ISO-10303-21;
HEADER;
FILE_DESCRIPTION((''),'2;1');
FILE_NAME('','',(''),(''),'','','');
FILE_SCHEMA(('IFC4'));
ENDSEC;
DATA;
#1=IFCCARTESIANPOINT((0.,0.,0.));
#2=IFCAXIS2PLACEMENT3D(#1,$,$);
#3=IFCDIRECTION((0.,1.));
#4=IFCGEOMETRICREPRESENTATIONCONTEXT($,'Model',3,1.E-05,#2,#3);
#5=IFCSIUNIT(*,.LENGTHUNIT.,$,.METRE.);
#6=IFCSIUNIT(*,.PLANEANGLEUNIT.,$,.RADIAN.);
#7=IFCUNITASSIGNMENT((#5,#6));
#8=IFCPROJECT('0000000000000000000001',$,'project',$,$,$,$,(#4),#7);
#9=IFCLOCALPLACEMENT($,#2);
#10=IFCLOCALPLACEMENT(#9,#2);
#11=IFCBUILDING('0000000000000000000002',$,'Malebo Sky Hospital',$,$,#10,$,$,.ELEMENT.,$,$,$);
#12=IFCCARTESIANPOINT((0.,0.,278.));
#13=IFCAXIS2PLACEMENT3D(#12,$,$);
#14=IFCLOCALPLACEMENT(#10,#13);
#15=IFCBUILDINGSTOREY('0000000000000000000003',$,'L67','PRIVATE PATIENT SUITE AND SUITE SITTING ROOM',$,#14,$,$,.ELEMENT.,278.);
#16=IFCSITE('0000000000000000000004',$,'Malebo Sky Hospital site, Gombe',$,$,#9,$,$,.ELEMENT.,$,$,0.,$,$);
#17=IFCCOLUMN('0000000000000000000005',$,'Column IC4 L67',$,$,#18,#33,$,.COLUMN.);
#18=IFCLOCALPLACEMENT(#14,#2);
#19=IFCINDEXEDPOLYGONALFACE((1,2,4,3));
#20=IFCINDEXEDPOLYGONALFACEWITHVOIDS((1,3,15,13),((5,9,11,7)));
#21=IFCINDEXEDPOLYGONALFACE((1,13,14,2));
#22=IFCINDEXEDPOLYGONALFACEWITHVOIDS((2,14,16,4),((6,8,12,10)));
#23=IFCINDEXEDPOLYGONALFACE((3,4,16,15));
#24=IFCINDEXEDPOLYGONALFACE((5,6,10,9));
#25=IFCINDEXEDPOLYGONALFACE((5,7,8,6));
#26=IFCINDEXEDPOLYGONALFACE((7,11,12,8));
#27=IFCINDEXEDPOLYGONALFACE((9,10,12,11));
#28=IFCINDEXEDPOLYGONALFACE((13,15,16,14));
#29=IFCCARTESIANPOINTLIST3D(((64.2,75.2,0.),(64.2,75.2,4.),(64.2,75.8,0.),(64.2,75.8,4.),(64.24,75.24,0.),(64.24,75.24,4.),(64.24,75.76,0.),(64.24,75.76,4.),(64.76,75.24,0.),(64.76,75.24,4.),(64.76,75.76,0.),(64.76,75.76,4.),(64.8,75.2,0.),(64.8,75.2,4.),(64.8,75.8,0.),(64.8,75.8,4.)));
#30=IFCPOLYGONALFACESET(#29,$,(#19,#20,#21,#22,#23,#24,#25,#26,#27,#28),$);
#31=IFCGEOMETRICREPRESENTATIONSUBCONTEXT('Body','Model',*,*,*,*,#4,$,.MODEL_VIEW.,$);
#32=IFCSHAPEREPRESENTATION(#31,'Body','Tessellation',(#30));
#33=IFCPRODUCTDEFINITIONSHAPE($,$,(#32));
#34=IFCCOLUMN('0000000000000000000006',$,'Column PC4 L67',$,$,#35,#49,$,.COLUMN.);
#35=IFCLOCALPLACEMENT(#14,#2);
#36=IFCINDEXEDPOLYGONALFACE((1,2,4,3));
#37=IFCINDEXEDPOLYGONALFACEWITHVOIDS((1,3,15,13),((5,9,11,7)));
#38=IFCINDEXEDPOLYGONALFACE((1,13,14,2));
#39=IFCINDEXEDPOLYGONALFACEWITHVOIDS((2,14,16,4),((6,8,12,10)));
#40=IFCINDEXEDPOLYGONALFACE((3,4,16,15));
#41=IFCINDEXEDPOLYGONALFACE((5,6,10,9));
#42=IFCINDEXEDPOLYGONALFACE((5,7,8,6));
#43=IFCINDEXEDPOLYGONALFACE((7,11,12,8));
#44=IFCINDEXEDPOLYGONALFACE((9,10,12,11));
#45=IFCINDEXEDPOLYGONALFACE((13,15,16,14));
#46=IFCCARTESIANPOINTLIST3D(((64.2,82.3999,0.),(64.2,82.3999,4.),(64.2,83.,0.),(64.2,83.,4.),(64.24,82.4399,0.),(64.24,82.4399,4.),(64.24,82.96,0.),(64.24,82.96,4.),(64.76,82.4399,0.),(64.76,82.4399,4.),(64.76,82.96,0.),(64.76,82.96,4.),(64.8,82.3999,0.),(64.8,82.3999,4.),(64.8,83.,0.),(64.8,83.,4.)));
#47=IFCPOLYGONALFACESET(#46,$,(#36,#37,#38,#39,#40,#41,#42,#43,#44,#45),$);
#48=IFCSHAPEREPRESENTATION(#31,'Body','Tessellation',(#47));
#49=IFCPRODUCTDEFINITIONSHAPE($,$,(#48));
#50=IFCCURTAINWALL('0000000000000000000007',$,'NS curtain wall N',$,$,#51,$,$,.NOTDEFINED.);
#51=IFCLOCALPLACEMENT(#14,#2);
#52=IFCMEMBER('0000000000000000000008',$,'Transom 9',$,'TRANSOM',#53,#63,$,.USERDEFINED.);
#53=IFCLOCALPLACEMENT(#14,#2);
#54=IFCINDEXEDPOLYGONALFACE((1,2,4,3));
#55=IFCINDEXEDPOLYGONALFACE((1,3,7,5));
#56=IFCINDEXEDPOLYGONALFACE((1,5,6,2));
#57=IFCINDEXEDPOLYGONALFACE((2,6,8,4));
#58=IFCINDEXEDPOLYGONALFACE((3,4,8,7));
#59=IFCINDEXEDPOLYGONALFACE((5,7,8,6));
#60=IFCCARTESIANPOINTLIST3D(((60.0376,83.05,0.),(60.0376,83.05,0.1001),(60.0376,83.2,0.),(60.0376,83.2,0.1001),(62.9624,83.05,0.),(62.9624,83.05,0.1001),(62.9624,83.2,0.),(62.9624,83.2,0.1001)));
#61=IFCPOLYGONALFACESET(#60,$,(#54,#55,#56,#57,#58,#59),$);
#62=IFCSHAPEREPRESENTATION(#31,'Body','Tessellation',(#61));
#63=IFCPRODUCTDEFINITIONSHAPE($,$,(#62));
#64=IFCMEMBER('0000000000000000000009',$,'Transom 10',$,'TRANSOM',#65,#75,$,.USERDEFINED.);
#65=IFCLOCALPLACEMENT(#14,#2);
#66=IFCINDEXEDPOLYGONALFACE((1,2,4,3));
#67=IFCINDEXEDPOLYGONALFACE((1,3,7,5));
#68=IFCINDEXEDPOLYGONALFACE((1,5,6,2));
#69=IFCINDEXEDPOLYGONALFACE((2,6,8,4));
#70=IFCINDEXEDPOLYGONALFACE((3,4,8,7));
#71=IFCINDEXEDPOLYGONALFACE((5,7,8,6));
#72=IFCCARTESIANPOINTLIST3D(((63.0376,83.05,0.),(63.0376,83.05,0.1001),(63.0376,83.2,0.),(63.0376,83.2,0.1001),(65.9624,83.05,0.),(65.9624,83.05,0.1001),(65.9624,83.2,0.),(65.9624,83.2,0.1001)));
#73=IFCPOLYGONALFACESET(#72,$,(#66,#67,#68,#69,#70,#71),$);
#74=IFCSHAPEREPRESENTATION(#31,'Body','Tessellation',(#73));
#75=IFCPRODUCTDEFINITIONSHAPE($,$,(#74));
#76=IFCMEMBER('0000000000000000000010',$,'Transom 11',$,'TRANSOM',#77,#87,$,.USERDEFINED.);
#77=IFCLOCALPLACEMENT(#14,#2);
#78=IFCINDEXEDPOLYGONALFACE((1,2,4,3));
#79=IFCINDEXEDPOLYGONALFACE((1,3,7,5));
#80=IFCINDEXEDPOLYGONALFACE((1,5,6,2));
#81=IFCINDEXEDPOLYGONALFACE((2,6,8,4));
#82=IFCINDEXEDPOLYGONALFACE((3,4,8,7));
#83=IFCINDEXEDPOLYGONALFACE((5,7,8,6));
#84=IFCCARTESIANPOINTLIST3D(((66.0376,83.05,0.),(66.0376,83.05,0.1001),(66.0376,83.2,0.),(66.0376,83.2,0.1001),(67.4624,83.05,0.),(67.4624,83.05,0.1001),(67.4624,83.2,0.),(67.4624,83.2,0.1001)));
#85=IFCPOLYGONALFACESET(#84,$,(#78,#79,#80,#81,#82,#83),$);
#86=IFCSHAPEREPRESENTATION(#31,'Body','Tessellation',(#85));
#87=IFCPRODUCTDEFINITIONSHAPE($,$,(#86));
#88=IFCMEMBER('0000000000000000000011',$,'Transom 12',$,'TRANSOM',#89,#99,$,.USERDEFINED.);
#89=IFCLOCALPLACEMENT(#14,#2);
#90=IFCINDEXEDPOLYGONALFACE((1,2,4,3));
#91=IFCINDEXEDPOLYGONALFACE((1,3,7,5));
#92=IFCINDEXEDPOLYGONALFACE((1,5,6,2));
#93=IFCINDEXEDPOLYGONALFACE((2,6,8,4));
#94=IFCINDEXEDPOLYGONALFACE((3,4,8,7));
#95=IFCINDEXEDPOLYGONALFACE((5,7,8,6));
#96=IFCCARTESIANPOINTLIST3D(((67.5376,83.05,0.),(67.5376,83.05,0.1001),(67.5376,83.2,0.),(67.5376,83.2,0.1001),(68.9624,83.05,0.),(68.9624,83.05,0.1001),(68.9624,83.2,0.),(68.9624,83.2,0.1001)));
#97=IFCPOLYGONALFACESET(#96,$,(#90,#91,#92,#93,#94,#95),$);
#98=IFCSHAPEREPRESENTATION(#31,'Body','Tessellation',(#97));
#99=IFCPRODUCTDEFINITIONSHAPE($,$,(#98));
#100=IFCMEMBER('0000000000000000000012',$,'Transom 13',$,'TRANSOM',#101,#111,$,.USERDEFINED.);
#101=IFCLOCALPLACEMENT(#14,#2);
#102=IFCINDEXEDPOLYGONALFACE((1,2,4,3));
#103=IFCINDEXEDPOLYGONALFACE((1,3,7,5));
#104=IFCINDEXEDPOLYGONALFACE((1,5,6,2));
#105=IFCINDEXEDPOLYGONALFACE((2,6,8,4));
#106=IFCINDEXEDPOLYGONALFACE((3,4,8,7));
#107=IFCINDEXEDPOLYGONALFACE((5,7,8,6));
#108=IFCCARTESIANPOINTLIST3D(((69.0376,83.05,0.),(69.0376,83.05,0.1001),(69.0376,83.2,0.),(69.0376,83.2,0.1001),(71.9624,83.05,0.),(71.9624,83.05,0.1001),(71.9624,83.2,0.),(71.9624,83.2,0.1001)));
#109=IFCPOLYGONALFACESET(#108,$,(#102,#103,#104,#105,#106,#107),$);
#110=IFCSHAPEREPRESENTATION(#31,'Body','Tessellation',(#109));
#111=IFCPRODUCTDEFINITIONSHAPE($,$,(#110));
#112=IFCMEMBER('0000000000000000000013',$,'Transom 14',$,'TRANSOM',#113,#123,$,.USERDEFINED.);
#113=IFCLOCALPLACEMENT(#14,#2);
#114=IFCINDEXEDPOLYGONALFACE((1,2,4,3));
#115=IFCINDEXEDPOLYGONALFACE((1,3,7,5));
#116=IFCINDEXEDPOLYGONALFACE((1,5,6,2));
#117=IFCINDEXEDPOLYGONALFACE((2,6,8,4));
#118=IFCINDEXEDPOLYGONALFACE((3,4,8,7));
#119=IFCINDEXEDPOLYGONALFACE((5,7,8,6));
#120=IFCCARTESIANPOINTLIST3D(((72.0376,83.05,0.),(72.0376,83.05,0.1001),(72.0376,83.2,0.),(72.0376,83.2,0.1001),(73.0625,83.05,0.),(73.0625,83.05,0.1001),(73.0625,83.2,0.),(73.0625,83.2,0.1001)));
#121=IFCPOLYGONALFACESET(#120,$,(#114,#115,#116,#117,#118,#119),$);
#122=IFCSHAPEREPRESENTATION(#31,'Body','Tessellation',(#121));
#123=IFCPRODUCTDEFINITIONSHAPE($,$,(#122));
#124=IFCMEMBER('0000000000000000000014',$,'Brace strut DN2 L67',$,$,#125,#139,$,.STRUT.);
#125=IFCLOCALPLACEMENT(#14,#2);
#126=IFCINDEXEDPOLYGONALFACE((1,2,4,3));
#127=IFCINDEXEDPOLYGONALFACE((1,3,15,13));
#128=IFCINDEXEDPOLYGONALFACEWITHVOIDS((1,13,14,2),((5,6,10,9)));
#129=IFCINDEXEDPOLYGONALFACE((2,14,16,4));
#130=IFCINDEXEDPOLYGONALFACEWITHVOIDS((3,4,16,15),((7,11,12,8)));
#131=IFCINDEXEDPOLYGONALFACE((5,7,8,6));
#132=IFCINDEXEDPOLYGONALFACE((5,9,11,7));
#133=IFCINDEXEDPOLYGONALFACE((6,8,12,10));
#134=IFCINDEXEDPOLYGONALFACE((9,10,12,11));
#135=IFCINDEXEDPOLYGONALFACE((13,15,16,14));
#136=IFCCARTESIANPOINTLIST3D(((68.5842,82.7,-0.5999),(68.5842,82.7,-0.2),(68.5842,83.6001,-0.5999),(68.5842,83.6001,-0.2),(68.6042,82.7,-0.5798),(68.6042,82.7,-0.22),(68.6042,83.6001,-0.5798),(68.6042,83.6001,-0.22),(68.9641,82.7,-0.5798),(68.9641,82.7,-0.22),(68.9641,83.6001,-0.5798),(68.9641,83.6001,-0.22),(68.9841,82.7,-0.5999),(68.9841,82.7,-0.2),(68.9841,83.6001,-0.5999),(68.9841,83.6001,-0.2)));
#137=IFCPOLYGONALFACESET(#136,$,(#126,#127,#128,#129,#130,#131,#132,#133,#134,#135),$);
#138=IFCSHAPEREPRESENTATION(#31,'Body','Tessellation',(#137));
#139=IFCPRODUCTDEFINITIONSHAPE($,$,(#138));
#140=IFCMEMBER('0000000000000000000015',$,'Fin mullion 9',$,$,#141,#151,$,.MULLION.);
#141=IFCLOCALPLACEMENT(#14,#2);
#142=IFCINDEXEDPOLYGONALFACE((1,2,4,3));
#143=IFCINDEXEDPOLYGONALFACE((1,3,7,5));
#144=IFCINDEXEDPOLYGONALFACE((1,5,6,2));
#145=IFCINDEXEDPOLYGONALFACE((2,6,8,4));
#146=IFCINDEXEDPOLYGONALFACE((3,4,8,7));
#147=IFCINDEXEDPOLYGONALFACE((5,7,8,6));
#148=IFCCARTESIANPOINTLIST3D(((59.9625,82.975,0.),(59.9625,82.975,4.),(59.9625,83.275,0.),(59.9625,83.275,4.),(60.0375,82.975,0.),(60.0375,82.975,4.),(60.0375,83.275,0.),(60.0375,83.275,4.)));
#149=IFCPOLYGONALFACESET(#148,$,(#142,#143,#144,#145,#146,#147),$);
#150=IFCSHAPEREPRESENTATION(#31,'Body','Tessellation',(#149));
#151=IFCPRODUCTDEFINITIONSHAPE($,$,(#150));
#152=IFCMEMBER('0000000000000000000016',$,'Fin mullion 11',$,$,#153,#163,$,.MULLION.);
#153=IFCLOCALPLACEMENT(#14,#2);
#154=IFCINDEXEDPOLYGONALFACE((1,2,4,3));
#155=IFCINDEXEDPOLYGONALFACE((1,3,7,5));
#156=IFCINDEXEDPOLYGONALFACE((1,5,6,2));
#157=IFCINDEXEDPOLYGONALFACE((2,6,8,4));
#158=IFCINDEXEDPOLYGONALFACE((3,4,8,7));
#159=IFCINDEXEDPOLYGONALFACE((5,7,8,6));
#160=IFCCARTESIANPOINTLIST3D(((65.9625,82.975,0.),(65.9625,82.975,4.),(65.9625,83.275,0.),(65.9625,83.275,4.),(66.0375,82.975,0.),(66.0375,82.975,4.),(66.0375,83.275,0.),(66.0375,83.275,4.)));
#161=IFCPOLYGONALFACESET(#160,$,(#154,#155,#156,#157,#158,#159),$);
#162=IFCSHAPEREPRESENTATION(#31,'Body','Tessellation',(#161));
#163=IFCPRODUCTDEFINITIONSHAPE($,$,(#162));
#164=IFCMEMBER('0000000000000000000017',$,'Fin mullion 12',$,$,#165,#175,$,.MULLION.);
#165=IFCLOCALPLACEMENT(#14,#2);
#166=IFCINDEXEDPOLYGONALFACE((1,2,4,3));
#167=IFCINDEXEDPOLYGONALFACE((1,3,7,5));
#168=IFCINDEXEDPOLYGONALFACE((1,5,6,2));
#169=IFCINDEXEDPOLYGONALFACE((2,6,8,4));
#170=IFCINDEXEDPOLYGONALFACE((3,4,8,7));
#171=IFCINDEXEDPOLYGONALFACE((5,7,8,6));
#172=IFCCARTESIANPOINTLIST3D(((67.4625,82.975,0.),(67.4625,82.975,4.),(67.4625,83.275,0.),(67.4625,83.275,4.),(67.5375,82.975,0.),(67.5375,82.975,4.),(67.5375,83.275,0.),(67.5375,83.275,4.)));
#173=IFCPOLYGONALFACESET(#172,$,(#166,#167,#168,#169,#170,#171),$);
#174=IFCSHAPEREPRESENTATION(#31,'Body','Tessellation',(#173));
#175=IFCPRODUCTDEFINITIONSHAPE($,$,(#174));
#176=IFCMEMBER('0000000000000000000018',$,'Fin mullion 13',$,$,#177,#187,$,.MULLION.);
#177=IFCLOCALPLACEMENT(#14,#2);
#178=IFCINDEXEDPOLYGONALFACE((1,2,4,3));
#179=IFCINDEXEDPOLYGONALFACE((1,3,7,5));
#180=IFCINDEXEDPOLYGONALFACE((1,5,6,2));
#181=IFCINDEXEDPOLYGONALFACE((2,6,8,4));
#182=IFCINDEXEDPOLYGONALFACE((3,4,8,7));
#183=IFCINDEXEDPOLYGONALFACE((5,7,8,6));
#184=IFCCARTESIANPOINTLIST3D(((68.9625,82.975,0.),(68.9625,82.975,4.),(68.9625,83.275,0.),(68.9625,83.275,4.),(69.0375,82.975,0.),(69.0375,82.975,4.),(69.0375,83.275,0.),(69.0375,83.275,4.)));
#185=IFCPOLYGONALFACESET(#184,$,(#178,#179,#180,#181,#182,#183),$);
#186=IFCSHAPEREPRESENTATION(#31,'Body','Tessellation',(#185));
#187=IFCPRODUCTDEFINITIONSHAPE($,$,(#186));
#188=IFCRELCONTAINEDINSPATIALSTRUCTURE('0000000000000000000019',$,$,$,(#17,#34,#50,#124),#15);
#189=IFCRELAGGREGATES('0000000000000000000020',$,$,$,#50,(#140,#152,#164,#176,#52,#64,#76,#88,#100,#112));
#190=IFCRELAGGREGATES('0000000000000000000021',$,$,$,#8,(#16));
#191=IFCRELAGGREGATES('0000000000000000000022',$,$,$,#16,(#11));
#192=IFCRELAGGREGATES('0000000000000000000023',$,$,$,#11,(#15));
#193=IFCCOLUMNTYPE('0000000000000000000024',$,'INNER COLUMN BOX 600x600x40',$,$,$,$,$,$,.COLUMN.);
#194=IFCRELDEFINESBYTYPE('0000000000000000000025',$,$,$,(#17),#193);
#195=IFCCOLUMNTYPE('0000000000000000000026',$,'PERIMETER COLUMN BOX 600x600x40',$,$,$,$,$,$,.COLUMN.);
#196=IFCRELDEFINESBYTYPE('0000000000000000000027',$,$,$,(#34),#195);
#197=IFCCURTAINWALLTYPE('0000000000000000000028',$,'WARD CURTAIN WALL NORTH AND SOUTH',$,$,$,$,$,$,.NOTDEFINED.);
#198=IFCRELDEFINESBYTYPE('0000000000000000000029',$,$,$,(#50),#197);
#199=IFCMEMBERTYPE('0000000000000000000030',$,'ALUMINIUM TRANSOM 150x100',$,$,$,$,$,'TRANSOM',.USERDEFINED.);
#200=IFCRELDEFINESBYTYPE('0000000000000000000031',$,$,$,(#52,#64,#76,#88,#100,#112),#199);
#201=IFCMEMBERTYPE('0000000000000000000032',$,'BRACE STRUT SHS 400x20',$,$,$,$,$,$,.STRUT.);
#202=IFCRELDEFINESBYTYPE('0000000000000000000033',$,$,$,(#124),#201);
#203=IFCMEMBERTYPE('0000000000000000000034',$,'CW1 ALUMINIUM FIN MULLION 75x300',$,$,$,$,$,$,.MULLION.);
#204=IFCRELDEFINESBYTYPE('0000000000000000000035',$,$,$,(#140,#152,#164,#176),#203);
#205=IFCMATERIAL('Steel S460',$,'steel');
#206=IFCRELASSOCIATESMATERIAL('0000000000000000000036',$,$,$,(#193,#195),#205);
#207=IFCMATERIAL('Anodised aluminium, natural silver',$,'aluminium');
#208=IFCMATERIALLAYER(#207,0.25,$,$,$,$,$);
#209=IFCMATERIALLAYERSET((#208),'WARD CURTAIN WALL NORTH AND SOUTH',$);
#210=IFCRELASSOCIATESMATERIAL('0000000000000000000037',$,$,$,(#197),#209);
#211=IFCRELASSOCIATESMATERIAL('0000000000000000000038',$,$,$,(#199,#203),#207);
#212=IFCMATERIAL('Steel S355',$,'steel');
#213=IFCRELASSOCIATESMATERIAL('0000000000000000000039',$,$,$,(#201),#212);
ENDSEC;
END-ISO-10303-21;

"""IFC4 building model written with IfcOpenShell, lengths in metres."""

from ifc_helpers import new_model, si_unit, direction, frame, origin, origin_2d, place, context, subcontext, project, spatial, rectangle, hollow_rectangle, extrude, material, layer, layer_set, material_profile, profile_set, type_object, element, aggregate, save


model = new_model("IFC4")

# Units and contexts
model_context = context("Model", 3, precision=1e-05, world=origin(), true_north=direction((0.0, 1.0)))
body_context = subcontext(model_context, "Body", "Model", "MODEL_VIEW")
ifc_project = project(units=[si_unit("LENGTHUNIT", "METRE"), si_unit("PLANEANGLEUNIT", "RADIAN")], contexts=[model_context])

# Site, building, storey
site_placement = place(None, origin())
site = spatial("IfcSite", under=ifc_project, at=site_placement, Name="Malebo Sky Hospital site, Gombe", CompositionType="ELEMENT", RefElevation=0.0)
building_placement = place(site_placement, origin())
building = spatial("IfcBuilding", under=site, at=building_placement, Name="Malebo Sky Hospital", CompositionType="ELEMENT")
storey_placement = place(building_placement, frame((0.0, 0.0, 278.0)))
storey = spatial("IfcBuildingStorey", under=building, at=storey_placement, Name="L67", Description="PRIVATE PATIENT SUITE AND SUITE SITTING ROOM", CompositionType="ELEMENT", Elevation=278.0)

# Columns
ifc_material_1 = material(Name="Steel S460", Category="steel")
ifc_material_profile_1 = material_profile(ifc_material_1, hollow_rectangle(XDim=0.6001, YDim=0.6001, WallThickness=0.04, at=origin_2d()), Name="BOX 600x600x40")
ifc_profile_set_1 = profile_set([ifc_material_profile_1], Name="Steel S460")
column_type_1 = type_object("IfcColumnType", Name="INNER COLUMN BOX 600x600x40", PredefinedType="COLUMN", material=ifc_profile_set_1)
column_1_placement = place(storey_placement, frame((64.5, 75.5, 0.0), z_axis=(0.0, 0.0, 1.0), x_axis=(1.0, 0.0, 0.0)))
element("IfcColumn", 1, at=column_1_placement, inside=storey, type_object=column_type_1, Name="Column IC4 L67", PredefinedType="COLUMN", context=body_context, shape_type="SweptSolid", body=[
    extrude(hollow_rectangle(XDim=0.6001, YDim=0.6001, WallThickness=0.04, at=origin_2d()), origin(), (0.0, 0.0, 1.0), 4.0),
])
ifc_material_profile_2 = material_profile(ifc_material_1, hollow_rectangle(XDim=0.6001, YDim=0.6001, WallThickness=0.04, at=origin_2d()), Name="BOX 600x600x40")
ifc_profile_set_2 = profile_set([ifc_material_profile_2], Name="Steel S460")
column_type_2 = type_object("IfcColumnType", Name="PERIMETER COLUMN BOX 600x600x40", PredefinedType="COLUMN", material=ifc_profile_set_2)
column_2_placement = place(storey_placement, frame((64.5, 82.7, 0.0), z_axis=(0.0, 0.0, 1.0), x_axis=(1.0, 0.0, 0.0)))
element("IfcColumn", 2, at=column_2_placement, inside=storey, type_object=column_type_2, Name="Column PC4 L67", PredefinedType="COLUMN", context=body_context, shape_type="SweptSolid", body=[
    extrude(hollow_rectangle(XDim=0.6001, YDim=0.6001, WallThickness=0.04, at=origin_2d()), origin(), (0.0, 0.0, 1.0), 4.0),
])

# Curtain wall, members
ifc_material_2 = material(Name="Anodised aluminium, natural silver", Category="aluminium")
ifc_layer_1 = layer(ifc_material_2, 0.25)
ifc_layer_set_1 = layer_set([ifc_layer_1], Name="WARD CURTAIN WALL NORTH AND SOUTH")
curtain_wall_type = type_object("IfcCurtainWallType", Name="WARD CURTAIN WALL NORTH AND SOUTH", PredefinedType="NOTDEFINED", material=ifc_layer_set_1)
curtain_wall_placement = place(storey_placement, origin())
curtain_wall = element("IfcCurtainWall", 3, at=curtain_wall_placement, inside=storey, type_object=curtain_wall_type, Name="NS curtain wall N", PredefinedType="NOTDEFINED")
ifc_material_profile_3 = material_profile(ifc_material_2, rectangle(XDim=0.1499, YDim=0.1001, at=origin_2d()), Name="ALUMINIUM TRANSOM 150x100")
ifc_profile_set_3 = profile_set([ifc_material_profile_3], Name="Anodised aluminium, natural silver")
member_type_1 = type_object("IfcMemberType", Name="ALUMINIUM TRANSOM 150x100", ElementType="TRANSOM", PredefinedType="USERDEFINED", material=ifc_profile_set_3)
member_1_placement = place(storey_placement, frame((60.0376, 83.125, 0.05), z_axis=(1.0, 0.0, 0.0), x_axis=(0.0, 1.0, 0.0)))
member_1 = element("IfcMember", 4, at=member_1_placement, type_object=member_type_1, Name="Transom 9", ObjectType="TRANSOM", PredefinedType="USERDEFINED", context=body_context, shape_type="SweptSolid", body=[
    extrude(rectangle(XDim=0.1499, YDim=0.1001, at=origin_2d()), origin(), (0.0, 0.0, 1.0), 2.9248),
])
member_2_placement = place(storey_placement, frame((63.0376, 83.125, 0.05), z_axis=(1.0, 0.0, 0.0), x_axis=(0.0, 1.0, 0.0)))
member_2 = element("IfcMember", 5, at=member_2_placement, type_object=member_type_1, Name="Transom 10", ObjectType="TRANSOM", PredefinedType="USERDEFINED", context=body_context, shape_type="SweptSolid", body=[
    extrude(rectangle(XDim=0.1499, YDim=0.1001, at=origin_2d()), origin(), (0.0, 0.0, 1.0), 2.9248),
])
member_3_placement = place(storey_placement, frame((66.0376, 83.125, 0.05), z_axis=(1.0, 0.0, 0.0), x_axis=(0.0, 1.0, 0.0)))
member_3 = element("IfcMember", 6, at=member_3_placement, type_object=member_type_1, Name="Transom 11", ObjectType="TRANSOM", PredefinedType="USERDEFINED", context=body_context, shape_type="SweptSolid", body=[
    extrude(rectangle(XDim=0.1499, YDim=0.1001, at=origin_2d()), origin(), (0.0, 0.0, 1.0), 1.4248),
])
member_4_placement = place(storey_placement, frame((67.5376, 83.125, 0.05), z_axis=(1.0, 0.0, 0.0), x_axis=(0.0, 1.0, 0.0)))
member_4 = element("IfcMember", 7, at=member_4_placement, type_object=member_type_1, Name="Transom 12", ObjectType="TRANSOM", PredefinedType="USERDEFINED", context=body_context, shape_type="SweptSolid", body=[
    extrude(rectangle(XDim=0.1499, YDim=0.1001, at=origin_2d()), origin(), (0.0, 0.0, 1.0), 1.4248),
])
member_5_placement = place(storey_placement, frame((69.0376, 83.125, 0.05), z_axis=(1.0, 0.0, 0.0), x_axis=(0.0, 1.0, 0.0)))
member_5 = element("IfcMember", 8, at=member_5_placement, type_object=member_type_1, Name="Transom 13", ObjectType="TRANSOM", PredefinedType="USERDEFINED", context=body_context, shape_type="SweptSolid", body=[
    extrude(rectangle(XDim=0.1499, YDim=0.1001, at=origin_2d()), origin(), (0.0, 0.0, 1.0), 2.9248),
])
member_6_placement = place(storey_placement, frame((72.0376, 83.125, 0.05), z_axis=(1.0, 0.0, 0.0), x_axis=(0.0, 1.0, 0.0)))
member_6 = element("IfcMember", 9, at=member_6_placement, type_object=member_type_1, Name="Transom 14", ObjectType="TRANSOM", PredefinedType="USERDEFINED", context=body_context, shape_type="SweptSolid", body=[
    extrude(rectangle(XDim=0.1499, YDim=0.1001, at=origin_2d()), origin(), (0.0, 0.0, 1.0), 1.0249),
])

# Members
ifc_material_3 = material(Name="Steel S355", Category="steel")
ifc_material_profile_4 = material_profile(ifc_material_3, hollow_rectangle(XDim=0.3999, YDim=0.3999, WallThickness=0.02, at=origin_2d()), Name="SHS 400x20")
ifc_profile_set_4 = profile_set([ifc_material_profile_4], Name="Steel S355")
member_type_2 = type_object("IfcMemberType", Name="BRACE STRUT SHS 400x20", PredefinedType="STRUT", material=ifc_profile_set_4)
member_7_placement = place(storey_placement, frame((68.7842, 83.6001, -0.3999), z_axis=(0.0, -1.0, 0.0), x_axis=(1.0, 0.0, 0.0)))
element("IfcMember", 10, at=member_7_placement, inside=storey, type_object=member_type_2, Name="Brace strut DN2 L67", PredefinedType="STRUT", context=body_context, shape_type="SweptSolid", body=[
    extrude(hollow_rectangle(XDim=0.3999, YDim=0.3999, WallThickness=0.02, at=origin_2d()), origin(), (0.0, 0.0, 1.0), 0.9001),
])
ifc_material_profile_5 = material_profile(ifc_material_2, rectangle(XDim=0.075, YDim=0.3, at=origin_2d()), Name="CW1 ALUMINIUM FIN MULLION 75x300")
ifc_profile_set_5 = profile_set([ifc_material_profile_5], Name="Anodised aluminium, natural silver")
member_type_3 = type_object("IfcMemberType", Name="CW1 ALUMINIUM FIN MULLION 75x300", PredefinedType="MULLION", material=ifc_profile_set_5)
member_8_placement = place(storey_placement, frame((60.0, 83.125, 0.0), z_axis=(0.0, 0.0, 1.0), x_axis=(1.0, 0.0, 0.0)))
member_8 = element("IfcMember", 11, at=member_8_placement, type_object=member_type_3, Name="Fin mullion 9", PredefinedType="MULLION", context=body_context, shape_type="SweptSolid", body=[
    extrude(rectangle(XDim=0.075, YDim=0.3, at=origin_2d()), origin(), (0.0, 0.0, 1.0), 4.0),
])
member_9_placement = place(storey_placement, frame((66.0, 83.125, 0.0), z_axis=(0.0, 0.0, 1.0), x_axis=(1.0, 0.0, 0.0)))
member_9 = element("IfcMember", 12, at=member_9_placement, type_object=member_type_3, Name="Fin mullion 11", PredefinedType="MULLION", context=body_context, shape_type="SweptSolid", body=[
    extrude(rectangle(XDim=0.075, YDim=0.3, at=origin_2d()), origin(), (0.0, 0.0, 1.0), 4.0),
])
member_10_placement = place(storey_placement, frame((67.5, 83.125, 0.0), z_axis=(0.0, 0.0, 1.0), x_axis=(1.0, 0.0, 0.0)))
member_10 = element("IfcMember", 13, at=member_10_placement, type_object=member_type_3, Name="Fin mullion 12", PredefinedType="MULLION", context=body_context, shape_type="SweptSolid", body=[
    extrude(rectangle(XDim=0.075, YDim=0.3, at=origin_2d()), origin(), (0.0, 0.0, 1.0), 4.0),
])
member_11_placement = place(storey_placement, frame((69.0, 83.125, 0.0), z_axis=(0.0, 0.0, 1.0), x_axis=(1.0, 0.0, 0.0)))
member_11 = element("IfcMember", 14, at=member_11_placement, type_object=member_type_3, Name="Fin mullion 13", PredefinedType="MULLION", context=body_context, shape_type="SweptSolid", body=[
    extrude(rectangle(XDim=0.075, YDim=0.3, at=origin_2d()), origin(), (0.0, 0.0, 1.0), 4.0),
])

aggregate(curtain_wall, [member_8, member_9, member_10, member_11, member_1, member_2, member_3, member_4, member_5, member_6])

save(model, "model.ifc")
